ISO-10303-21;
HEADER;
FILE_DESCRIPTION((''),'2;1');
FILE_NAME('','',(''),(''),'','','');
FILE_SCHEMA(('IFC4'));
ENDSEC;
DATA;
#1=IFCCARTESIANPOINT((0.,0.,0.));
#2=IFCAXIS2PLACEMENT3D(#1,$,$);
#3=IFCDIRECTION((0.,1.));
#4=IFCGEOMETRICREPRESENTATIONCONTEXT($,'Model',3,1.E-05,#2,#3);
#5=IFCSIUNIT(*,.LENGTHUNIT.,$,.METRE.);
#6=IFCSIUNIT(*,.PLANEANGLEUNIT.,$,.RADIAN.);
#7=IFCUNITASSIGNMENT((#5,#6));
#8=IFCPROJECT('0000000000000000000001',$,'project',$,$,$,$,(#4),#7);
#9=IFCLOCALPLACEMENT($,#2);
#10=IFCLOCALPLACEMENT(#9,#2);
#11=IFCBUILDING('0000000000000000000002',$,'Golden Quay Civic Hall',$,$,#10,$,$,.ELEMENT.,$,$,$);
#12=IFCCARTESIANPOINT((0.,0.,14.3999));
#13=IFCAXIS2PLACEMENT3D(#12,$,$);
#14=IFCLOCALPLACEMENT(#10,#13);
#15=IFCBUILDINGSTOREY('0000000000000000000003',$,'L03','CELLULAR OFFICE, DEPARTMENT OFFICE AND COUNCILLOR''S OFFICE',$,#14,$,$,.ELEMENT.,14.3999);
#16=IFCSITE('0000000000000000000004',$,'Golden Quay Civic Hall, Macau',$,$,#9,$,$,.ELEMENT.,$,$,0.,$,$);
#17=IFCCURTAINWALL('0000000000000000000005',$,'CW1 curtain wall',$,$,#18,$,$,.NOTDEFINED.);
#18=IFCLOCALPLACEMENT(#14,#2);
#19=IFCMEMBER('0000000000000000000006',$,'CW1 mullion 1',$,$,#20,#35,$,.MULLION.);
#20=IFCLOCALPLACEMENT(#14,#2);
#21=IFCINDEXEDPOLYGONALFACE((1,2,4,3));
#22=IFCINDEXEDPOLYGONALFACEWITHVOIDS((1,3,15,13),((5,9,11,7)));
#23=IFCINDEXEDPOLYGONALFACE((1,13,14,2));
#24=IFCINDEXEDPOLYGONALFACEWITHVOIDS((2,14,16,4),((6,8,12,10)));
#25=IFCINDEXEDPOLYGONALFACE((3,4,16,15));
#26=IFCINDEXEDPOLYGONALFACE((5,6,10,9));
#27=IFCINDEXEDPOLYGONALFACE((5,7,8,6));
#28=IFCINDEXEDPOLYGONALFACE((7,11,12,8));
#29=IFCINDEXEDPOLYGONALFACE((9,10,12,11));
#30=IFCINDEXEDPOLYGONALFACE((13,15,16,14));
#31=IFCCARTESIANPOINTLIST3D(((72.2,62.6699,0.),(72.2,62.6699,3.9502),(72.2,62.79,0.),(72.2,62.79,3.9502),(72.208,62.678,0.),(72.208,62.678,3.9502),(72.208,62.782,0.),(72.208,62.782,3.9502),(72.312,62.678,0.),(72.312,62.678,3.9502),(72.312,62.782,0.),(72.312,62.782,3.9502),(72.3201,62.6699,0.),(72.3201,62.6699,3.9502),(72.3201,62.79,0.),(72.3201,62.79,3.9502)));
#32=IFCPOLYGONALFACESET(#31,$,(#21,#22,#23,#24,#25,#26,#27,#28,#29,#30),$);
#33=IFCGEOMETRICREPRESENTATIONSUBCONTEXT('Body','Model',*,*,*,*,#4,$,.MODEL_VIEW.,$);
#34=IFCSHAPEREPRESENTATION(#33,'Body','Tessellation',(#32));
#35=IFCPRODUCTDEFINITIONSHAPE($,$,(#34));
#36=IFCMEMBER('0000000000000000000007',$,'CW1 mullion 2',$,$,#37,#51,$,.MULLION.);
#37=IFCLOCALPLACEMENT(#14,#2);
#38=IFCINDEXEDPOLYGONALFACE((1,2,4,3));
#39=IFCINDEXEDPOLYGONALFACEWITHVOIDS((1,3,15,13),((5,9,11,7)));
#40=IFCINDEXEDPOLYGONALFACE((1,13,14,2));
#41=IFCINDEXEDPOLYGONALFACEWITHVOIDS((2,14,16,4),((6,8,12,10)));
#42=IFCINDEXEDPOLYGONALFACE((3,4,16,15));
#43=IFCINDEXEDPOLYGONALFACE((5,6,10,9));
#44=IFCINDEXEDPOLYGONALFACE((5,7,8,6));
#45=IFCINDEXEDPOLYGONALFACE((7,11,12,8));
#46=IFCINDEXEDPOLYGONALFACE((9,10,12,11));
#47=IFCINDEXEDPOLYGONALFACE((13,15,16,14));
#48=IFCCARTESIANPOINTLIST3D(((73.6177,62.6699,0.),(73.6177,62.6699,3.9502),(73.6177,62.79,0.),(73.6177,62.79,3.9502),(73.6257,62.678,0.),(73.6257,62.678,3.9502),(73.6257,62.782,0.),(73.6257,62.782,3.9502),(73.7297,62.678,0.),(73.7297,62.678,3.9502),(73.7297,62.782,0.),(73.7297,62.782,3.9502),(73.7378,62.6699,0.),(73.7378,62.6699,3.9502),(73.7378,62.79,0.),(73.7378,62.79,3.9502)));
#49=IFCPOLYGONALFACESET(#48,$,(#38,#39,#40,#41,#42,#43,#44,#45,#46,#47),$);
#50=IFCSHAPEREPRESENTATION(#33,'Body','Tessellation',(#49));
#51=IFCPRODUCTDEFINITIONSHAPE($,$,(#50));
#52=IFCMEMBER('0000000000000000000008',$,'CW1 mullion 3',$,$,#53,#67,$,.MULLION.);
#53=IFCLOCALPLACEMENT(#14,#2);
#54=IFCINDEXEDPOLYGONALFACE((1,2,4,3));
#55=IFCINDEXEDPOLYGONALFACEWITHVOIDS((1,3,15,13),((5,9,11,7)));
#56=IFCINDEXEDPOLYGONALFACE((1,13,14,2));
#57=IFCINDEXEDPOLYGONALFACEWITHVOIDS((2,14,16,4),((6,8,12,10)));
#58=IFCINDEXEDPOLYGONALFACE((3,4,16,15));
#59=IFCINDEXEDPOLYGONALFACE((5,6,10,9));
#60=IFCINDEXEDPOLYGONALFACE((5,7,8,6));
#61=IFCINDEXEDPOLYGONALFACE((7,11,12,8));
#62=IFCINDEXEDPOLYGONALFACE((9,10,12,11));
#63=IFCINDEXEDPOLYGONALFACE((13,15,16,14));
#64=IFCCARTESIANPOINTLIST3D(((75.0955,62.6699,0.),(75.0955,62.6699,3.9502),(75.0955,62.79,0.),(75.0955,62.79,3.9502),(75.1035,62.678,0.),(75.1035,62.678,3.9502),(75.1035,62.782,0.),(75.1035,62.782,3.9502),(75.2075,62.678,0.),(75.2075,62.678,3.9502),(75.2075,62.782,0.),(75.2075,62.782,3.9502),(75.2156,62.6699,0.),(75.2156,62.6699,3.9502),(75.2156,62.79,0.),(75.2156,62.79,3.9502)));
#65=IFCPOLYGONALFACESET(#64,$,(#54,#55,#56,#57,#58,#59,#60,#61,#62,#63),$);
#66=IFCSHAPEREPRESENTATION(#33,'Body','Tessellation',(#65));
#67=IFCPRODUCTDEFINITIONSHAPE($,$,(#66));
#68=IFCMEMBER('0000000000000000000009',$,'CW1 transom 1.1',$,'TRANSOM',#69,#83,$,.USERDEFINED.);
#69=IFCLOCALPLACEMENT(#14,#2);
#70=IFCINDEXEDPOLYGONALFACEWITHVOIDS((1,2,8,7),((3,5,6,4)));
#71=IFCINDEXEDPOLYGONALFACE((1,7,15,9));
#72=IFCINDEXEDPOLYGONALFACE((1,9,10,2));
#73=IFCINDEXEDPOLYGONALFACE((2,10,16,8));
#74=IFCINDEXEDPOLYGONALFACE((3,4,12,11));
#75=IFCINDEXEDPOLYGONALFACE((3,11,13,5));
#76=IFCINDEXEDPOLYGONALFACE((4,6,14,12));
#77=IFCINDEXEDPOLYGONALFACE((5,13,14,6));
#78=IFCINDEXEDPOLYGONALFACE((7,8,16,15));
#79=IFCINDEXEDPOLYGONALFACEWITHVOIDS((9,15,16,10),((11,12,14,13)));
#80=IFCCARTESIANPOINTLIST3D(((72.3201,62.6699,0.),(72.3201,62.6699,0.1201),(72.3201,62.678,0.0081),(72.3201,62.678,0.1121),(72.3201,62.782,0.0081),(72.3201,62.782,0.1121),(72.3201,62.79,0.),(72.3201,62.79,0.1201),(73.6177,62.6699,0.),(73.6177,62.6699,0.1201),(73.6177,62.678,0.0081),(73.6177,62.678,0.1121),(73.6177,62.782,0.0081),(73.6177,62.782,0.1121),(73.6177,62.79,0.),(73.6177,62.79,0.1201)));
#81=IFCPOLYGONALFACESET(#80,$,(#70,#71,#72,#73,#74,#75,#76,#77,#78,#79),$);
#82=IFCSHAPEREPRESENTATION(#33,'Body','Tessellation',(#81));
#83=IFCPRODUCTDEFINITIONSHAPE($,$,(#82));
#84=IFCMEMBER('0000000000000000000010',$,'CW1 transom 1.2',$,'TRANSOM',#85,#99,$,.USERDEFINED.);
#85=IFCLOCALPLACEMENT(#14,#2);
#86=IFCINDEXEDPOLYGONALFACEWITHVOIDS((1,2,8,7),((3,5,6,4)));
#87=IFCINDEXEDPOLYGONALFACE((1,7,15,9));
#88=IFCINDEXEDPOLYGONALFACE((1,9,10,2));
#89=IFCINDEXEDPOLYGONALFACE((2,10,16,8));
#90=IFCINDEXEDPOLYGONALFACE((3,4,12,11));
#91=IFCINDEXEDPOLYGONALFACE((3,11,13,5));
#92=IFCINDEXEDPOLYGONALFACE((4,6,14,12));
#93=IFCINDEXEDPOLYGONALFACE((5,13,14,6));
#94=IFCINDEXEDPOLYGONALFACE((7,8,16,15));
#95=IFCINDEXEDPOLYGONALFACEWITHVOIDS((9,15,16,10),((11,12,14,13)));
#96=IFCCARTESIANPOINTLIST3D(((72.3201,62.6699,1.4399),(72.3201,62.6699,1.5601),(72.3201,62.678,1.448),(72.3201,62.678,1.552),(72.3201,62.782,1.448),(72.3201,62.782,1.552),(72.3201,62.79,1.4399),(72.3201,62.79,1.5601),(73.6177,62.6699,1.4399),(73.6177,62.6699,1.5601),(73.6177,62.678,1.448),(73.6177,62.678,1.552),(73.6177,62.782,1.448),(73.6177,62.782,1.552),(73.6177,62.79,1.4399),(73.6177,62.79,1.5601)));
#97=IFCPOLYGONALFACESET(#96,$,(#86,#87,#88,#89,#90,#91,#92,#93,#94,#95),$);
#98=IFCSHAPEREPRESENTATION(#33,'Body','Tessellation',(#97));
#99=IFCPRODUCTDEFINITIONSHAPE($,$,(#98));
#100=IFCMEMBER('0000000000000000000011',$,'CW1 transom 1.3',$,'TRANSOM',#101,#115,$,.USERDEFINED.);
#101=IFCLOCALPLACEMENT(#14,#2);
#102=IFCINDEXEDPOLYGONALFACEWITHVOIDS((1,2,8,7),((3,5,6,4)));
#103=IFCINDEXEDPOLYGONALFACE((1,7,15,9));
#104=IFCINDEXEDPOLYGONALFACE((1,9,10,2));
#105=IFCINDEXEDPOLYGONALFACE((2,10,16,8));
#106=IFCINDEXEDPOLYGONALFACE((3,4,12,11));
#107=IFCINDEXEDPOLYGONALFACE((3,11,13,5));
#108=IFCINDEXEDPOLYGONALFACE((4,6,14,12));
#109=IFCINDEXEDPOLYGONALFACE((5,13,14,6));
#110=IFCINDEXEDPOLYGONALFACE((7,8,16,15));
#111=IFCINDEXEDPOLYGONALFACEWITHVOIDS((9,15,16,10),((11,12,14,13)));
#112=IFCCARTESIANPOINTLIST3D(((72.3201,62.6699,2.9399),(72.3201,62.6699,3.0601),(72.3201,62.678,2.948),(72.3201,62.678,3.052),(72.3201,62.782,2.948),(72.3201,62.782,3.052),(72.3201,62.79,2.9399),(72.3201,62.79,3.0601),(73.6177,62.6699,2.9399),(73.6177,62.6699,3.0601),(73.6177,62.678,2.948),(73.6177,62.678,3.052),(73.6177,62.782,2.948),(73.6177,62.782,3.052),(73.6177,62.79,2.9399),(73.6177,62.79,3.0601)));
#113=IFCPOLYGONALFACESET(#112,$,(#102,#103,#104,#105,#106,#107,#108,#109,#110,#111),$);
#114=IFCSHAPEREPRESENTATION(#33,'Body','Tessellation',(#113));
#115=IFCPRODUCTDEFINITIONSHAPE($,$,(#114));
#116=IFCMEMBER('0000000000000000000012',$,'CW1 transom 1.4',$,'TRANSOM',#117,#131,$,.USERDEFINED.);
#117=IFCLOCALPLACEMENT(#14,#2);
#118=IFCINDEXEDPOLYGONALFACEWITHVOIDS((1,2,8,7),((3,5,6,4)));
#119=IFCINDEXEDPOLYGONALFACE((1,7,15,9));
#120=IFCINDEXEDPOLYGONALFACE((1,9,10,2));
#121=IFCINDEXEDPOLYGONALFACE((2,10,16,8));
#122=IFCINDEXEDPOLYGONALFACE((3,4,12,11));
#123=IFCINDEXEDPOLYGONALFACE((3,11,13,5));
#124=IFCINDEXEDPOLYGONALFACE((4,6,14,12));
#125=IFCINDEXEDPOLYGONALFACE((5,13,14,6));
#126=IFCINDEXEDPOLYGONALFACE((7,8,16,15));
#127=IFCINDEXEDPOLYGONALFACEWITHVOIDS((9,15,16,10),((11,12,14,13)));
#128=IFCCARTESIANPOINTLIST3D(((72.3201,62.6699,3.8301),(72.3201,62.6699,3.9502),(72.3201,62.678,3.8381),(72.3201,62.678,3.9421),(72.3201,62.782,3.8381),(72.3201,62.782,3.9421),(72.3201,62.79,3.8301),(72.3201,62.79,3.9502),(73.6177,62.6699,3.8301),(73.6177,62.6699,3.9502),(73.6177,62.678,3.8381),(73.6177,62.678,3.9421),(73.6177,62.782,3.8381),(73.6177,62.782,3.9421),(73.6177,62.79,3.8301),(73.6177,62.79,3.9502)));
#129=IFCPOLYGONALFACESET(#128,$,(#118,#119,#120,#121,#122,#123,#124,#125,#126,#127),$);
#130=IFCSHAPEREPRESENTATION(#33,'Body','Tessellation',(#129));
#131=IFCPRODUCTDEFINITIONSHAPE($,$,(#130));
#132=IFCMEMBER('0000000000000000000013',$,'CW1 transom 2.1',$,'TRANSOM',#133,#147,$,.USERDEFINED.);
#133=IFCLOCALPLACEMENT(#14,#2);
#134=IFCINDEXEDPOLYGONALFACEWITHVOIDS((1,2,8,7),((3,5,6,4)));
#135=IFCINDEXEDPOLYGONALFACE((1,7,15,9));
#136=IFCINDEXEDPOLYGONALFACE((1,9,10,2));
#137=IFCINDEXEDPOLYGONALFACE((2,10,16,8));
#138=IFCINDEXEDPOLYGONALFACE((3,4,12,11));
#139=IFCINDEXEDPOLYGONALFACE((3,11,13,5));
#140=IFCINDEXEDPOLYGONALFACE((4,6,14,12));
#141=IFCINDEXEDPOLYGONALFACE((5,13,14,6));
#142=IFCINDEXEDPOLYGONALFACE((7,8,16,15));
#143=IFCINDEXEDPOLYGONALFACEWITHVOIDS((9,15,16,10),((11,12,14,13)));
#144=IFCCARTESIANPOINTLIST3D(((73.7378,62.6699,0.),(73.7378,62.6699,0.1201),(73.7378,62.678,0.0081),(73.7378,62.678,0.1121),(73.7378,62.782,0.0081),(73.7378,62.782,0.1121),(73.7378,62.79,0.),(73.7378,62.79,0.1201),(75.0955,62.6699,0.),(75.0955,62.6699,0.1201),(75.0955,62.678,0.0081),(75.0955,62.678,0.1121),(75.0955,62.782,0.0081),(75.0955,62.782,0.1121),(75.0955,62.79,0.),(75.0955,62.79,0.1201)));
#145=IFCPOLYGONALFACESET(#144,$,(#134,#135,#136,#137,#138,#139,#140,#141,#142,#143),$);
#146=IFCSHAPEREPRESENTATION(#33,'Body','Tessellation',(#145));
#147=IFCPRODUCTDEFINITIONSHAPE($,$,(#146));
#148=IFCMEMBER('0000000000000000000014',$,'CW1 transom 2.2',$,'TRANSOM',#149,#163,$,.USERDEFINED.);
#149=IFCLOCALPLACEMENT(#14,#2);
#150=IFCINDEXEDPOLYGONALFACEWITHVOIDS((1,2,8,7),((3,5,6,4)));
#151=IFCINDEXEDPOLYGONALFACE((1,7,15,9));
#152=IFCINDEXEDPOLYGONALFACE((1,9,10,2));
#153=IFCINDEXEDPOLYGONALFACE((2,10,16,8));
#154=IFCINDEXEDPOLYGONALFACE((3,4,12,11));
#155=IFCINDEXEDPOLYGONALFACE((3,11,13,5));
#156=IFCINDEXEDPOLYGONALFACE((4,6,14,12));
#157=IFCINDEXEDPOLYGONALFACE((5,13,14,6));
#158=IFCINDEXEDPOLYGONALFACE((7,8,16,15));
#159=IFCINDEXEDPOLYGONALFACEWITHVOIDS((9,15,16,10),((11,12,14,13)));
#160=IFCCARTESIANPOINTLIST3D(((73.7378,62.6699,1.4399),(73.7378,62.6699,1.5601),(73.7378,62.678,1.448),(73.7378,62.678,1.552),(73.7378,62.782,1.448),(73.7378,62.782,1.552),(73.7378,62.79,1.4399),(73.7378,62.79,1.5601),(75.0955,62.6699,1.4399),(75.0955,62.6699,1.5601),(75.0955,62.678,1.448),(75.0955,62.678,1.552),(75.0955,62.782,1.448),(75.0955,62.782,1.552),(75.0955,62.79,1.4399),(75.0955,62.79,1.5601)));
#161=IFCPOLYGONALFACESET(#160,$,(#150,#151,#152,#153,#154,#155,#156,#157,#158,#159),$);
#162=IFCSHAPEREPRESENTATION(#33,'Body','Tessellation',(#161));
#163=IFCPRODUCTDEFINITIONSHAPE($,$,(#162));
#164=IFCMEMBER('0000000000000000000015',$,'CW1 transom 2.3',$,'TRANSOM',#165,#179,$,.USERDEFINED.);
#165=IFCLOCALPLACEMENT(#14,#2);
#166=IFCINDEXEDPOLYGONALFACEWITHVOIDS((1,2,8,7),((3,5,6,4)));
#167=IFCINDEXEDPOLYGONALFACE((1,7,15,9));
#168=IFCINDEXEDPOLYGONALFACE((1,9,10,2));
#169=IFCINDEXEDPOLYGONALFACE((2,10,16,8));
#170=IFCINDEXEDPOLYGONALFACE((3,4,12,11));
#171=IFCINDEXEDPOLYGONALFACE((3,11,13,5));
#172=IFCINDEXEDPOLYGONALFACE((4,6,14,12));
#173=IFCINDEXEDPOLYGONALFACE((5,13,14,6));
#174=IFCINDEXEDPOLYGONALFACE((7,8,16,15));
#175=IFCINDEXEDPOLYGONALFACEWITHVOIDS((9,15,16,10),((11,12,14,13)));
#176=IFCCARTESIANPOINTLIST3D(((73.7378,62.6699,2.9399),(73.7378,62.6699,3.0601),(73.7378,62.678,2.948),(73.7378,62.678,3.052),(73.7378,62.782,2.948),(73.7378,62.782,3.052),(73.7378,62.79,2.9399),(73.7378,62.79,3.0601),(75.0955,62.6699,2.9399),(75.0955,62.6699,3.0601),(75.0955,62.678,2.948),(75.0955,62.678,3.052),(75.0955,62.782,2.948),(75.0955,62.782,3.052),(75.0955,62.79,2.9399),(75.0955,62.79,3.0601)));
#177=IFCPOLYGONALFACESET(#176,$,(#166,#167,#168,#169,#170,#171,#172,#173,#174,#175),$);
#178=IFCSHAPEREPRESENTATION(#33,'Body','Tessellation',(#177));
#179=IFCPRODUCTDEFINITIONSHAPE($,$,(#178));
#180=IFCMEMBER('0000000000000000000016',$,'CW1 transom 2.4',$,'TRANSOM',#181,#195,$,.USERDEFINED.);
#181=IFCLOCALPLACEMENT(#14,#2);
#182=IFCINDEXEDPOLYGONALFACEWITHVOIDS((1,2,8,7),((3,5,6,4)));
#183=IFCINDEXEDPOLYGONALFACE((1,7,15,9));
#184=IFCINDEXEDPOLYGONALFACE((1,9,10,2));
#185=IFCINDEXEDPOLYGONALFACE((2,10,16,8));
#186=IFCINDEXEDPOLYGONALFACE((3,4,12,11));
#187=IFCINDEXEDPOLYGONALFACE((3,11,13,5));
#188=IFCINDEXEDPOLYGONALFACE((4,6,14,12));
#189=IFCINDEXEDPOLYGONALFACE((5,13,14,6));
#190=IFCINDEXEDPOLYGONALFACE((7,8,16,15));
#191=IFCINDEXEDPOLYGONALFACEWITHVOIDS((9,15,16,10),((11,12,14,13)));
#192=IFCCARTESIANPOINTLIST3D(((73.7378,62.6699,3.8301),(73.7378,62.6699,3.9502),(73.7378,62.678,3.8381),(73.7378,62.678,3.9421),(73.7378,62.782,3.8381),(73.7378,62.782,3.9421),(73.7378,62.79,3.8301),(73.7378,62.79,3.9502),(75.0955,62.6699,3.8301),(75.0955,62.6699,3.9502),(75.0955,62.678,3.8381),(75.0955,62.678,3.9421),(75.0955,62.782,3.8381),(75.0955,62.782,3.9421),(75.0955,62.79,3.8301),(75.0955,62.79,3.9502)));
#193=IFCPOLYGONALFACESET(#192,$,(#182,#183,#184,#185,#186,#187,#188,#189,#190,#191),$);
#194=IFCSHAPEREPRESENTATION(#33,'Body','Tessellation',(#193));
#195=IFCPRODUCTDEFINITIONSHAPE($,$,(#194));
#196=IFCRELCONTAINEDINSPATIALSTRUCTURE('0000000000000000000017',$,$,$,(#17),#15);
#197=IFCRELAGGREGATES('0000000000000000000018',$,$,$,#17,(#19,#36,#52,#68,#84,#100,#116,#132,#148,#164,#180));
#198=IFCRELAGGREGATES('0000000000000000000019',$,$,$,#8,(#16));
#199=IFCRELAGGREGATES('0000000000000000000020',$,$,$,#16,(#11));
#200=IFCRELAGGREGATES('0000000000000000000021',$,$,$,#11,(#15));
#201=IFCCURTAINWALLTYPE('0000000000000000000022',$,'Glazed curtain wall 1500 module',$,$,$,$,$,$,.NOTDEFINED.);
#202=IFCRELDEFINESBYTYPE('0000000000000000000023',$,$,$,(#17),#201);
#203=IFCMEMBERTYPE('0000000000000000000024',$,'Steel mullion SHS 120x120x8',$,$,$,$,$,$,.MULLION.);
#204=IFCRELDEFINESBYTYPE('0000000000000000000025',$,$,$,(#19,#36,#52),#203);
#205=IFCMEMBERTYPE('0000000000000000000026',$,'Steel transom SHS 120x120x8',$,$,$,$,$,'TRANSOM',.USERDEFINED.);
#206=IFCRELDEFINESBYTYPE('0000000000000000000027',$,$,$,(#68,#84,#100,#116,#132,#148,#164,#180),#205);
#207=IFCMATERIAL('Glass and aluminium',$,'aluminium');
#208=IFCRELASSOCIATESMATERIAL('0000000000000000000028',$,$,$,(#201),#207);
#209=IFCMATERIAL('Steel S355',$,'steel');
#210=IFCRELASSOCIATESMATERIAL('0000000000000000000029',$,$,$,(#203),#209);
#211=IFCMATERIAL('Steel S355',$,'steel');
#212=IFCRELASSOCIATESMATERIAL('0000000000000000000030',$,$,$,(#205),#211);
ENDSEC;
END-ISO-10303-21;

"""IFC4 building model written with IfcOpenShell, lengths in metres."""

from ifc_helpers import new_model, si_unit, direction, frame, origin, origin_2d, place, context, subcontext, project, spatial, hollow_rectangle, extrude, material, material_profile, profile_set, type_object, element, aggregate, save


model = new_model("IFC4")

# Units and contexts
model_context = context("Model", 3, precision=1e-05, world=origin(), true_north=direction((0.0, 1.0)))
body_context = subcontext(model_context, "Body", "Model", "MODEL_VIEW")
ifc_project = project(units=[si_unit("LENGTHUNIT", "METRE"), si_unit("PLANEANGLEUNIT", "RADIAN")], contexts=[model_context])

# Site, building, storey
site_placement = place(None, origin())
site = spatial("IfcSite", under=ifc_project, at=site_placement, Name="Golden Quay Civic Hall, Macau", CompositionType="ELEMENT", RefElevation=0.0)
building_placement = place(site_placement, origin())
building = spatial("IfcBuilding", under=site, at=building_placement, Name="Golden Quay Civic Hall", CompositionType="ELEMENT")
storey_placement = place(building_placement, frame((0.0, 0.0, 14.3999)))
storey = spatial("IfcBuildingStorey", under=building, at=storey_placement, Name="L03", Description="CELLULAR OFFICE, DEPARTMENT OFFICE AND COUNCILLOR'S OFFICE", CompositionType="ELEMENT", Elevation=14.3999)

# Curtain wall, members
ifc_material_1 = material(Name="Glass and aluminium", Category="aluminium")
curtain_wall_type = type_object("IfcCurtainWallType", Name="Glazed curtain wall 1500 module", PredefinedType="NOTDEFINED", material=ifc_material_1)
curtain_wall_1_placement = place(storey_placement, origin())
curtain_wall_1 = element("IfcCurtainWall", 1, at=curtain_wall_1_placement, inside=storey, type_object=curtain_wall_type, Name="CW1 curtain wall", PredefinedType="NOTDEFINED")
ifc_material_2 = material(Name="Steel S355", Category="steel")
ifc_material_profile_1 = material_profile(ifc_material_2, hollow_rectangle(XDim=0.1201, YDim=0.1201, WallThickness=0.0081, at=origin_2d()), Name="SHS 120x120x8")
ifc_profile_set_1 = profile_set([ifc_material_profile_1], Name="Steel S355")
member_type_1 = type_object("IfcMemberType", Name="Steel mullion SHS 120x120x8", PredefinedType="MULLION", material=ifc_profile_set_1)
member_1_placement = place(storey_placement, frame((72.26, 62.73, 0.0), z_axis=(0.0, 0.0, 1.0), x_axis=(0.0, 1.0, 0.0)))
member_1 = element("IfcMember", 2, at=member_1_placement, type_object=member_type_1, Name="CW1 mullion 1", PredefinedType="MULLION", context=body_context, shape_type="SweptSolid", body=[
    extrude(hollow_rectangle(XDim=0.1201, YDim=0.1201, WallThickness=0.0081, at=origin_2d()), origin(), (0.0, 0.0, 1.0), 3.9502),
])
member_2_placement = place(storey_placement, frame((73.6777, 62.73, 0.0), z_axis=(0.0, 0.0, 1.0), x_axis=(0.0, 1.0, 0.0)))
member_2 = element("IfcMember", 3, at=member_2_placement, type_object=member_type_1, Name="CW1 mullion 2", PredefinedType="MULLION", context=body_context, shape_type="SweptSolid", body=[
    extrude(hollow_rectangle(XDim=0.1201, YDim=0.1201, WallThickness=0.0081, at=origin_2d()), origin(), (0.0, 0.0, 1.0), 3.9502),
])
member_3_placement = place(storey_placement, frame((75.1555, 62.73, 0.0), z_axis=(0.0, 0.0, 1.0), x_axis=(0.0, 1.0, 0.0)))
member_3 = element("IfcMember", 4, at=member_3_placement, type_object=member_type_1, Name="CW1 mullion 3", PredefinedType="MULLION", context=body_context, shape_type="SweptSolid", body=[
    extrude(hollow_rectangle(XDim=0.1201, YDim=0.1201, WallThickness=0.0081, at=origin_2d()), origin(), (0.0, 0.0, 1.0), 3.9502),
])
ifc_material_3 = material(Name="Steel S355", Category="steel")
ifc_material_profile_2 = material_profile(ifc_material_3, hollow_rectangle(XDim=0.1201, YDim=0.1201, WallThickness=0.0081, at=origin_2d()), Name="SHS 120x120x8")
ifc_profile_set_2 = profile_set([ifc_material_profile_2], Name="Steel S355")
member_type_2 = type_object("IfcMemberType", Name="Steel transom SHS 120x120x8", ElementType="TRANSOM", PredefinedType="USERDEFINED", material=ifc_profile_set_2)
member_4_placement = place(storey_placement, frame((72.3201, 62.73, 0.0601), z_axis=(1.0, 0.0, 0.0), x_axis=(0.0, 1.0, 0.0)))
member_4 = element("IfcMember", 5, at=member_4_placement, type_object=member_type_2, Name="CW1 transom 1.1", ObjectType="TRANSOM", PredefinedType="USERDEFINED", context=body_context, shape_type="SweptSolid", body=[
    extrude(hollow_rectangle(XDim=0.1201, YDim=0.1201, WallThickness=0.0081, at=origin_2d()), origin(), (0.0, 0.0, 1.0), 1.2976),
])
member_5_placement = place(storey_placement, frame((72.3201, 62.73, 1.5), z_axis=(1.0, 0.0, 0.0), x_axis=(0.0, 1.0, 0.0)))
member_5 = element("IfcMember", 6, at=member_5_placement, type_object=member_type_2, Name="CW1 transom 1.2", ObjectType="TRANSOM", PredefinedType="USERDEFINED", context=body_context, shape_type="SweptSolid", body=[
    extrude(hollow_rectangle(XDim=0.1201, YDim=0.1201, WallThickness=0.0081, at=origin_2d()), origin(), (0.0, 0.0, 1.0), 1.2976),
])
member_6_placement = place(storey_placement, frame((72.3201, 62.73, 3.0), z_axis=(1.0, 0.0, 0.0), x_axis=(0.0, 1.0, 0.0)))
member_6 = element("IfcMember", 7, at=member_6_placement, type_object=member_type_2, Name="CW1 transom 1.3", ObjectType="TRANSOM", PredefinedType="USERDEFINED", context=body_context, shape_type="SweptSolid", body=[
    extrude(hollow_rectangle(XDim=0.1201, YDim=0.1201, WallThickness=0.0081, at=origin_2d()), origin(), (0.0, 0.0, 1.0), 1.2976),
])
member_7_placement = place(storey_placement, frame((72.3201, 62.73, 3.8901), z_axis=(1.0, 0.0, 0.0), x_axis=(0.0, 1.0, 0.0)))
member_7 = element("IfcMember", 8, at=member_7_placement, type_object=member_type_2, Name="CW1 transom 1.4", ObjectType="TRANSOM", PredefinedType="USERDEFINED", context=body_context, shape_type="SweptSolid", body=[
    extrude(hollow_rectangle(XDim=0.1201, YDim=0.1201, WallThickness=0.0081, at=origin_2d()), origin(), (0.0, 0.0, 1.0), 1.2976),
])
member_8_placement = place(storey_placement, frame((73.7378, 62.73, 0.0601), z_axis=(1.0, 0.0, 0.0), x_axis=(0.0, 1.0, 0.0)))
member_8 = element("IfcMember", 9, at=member_8_placement, type_object=member_type_2, Name="CW1 transom 2.1", ObjectType="TRANSOM", PredefinedType="USERDEFINED", context=body_context, shape_type="SweptSolid", body=[
    extrude(hollow_rectangle(XDim=0.1201, YDim=0.1201, WallThickness=0.0081, at=origin_2d()), origin(), (0.0, 0.0, 1.0), 1.3577),
])
member_9_placement = place(storey_placement, frame((73.7378, 62.73, 1.5), z_axis=(1.0, 0.0, 0.0), x_axis=(0.0, 1.0, 0.0)))
member_9 = element("IfcMember", 10, at=member_9_placement, type_object=member_type_2, Name="CW1 transom 2.2", ObjectType="TRANSOM", PredefinedType="USERDEFINED", context=body_context, shape_type="SweptSolid", body=[
    extrude(hollow_rectangle(XDim=0.1201, YDim=0.1201, WallThickness=0.0081, at=origin_2d()), origin(), (0.0, 0.0, 1.0), 1.3577),
])
member_10_placement = place(storey_placement, frame((73.7378, 62.73, 3.0), z_axis=(1.0, 0.0, 0.0), x_axis=(0.0, 1.0, 0.0)))
member_10 = element("IfcMember", 11, at=member_10_placement, type_object=member_type_2, Name="CW1 transom 2.3", ObjectType="TRANSOM", PredefinedType="USERDEFINED", context=body_context, shape_type="SweptSolid", body=[
    extrude(hollow_rectangle(XDim=0.1201, YDim=0.1201, WallThickness=0.0081, at=origin_2d()), origin(), (0.0, 0.0, 1.0), 1.3577),
])
member_11_placement = place(storey_placement, frame((73.7378, 62.73, 3.8901), z_axis=(1.0, 0.0, 0.0), x_axis=(0.0, 1.0, 0.0)))
member_11 = element("IfcMember", 12, at=member_11_placement, type_object=member_type_2, Name="CW1 transom 2.4", ObjectType="TRANSOM", PredefinedType="USERDEFINED", context=body_context, shape_type="SweptSolid", body=[
    extrude(hollow_rectangle(XDim=0.1201, YDim=0.1201, WallThickness=0.0081, at=origin_2d()), origin(), (0.0, 0.0, 1.0), 1.3577),
])

aggregate(curtain_wall_1, [member_1, member_2, member_3, member_4, member_5, member_6, member_7, member_8, member_9, member_10, member_11])

save(model, "model.ifc")
